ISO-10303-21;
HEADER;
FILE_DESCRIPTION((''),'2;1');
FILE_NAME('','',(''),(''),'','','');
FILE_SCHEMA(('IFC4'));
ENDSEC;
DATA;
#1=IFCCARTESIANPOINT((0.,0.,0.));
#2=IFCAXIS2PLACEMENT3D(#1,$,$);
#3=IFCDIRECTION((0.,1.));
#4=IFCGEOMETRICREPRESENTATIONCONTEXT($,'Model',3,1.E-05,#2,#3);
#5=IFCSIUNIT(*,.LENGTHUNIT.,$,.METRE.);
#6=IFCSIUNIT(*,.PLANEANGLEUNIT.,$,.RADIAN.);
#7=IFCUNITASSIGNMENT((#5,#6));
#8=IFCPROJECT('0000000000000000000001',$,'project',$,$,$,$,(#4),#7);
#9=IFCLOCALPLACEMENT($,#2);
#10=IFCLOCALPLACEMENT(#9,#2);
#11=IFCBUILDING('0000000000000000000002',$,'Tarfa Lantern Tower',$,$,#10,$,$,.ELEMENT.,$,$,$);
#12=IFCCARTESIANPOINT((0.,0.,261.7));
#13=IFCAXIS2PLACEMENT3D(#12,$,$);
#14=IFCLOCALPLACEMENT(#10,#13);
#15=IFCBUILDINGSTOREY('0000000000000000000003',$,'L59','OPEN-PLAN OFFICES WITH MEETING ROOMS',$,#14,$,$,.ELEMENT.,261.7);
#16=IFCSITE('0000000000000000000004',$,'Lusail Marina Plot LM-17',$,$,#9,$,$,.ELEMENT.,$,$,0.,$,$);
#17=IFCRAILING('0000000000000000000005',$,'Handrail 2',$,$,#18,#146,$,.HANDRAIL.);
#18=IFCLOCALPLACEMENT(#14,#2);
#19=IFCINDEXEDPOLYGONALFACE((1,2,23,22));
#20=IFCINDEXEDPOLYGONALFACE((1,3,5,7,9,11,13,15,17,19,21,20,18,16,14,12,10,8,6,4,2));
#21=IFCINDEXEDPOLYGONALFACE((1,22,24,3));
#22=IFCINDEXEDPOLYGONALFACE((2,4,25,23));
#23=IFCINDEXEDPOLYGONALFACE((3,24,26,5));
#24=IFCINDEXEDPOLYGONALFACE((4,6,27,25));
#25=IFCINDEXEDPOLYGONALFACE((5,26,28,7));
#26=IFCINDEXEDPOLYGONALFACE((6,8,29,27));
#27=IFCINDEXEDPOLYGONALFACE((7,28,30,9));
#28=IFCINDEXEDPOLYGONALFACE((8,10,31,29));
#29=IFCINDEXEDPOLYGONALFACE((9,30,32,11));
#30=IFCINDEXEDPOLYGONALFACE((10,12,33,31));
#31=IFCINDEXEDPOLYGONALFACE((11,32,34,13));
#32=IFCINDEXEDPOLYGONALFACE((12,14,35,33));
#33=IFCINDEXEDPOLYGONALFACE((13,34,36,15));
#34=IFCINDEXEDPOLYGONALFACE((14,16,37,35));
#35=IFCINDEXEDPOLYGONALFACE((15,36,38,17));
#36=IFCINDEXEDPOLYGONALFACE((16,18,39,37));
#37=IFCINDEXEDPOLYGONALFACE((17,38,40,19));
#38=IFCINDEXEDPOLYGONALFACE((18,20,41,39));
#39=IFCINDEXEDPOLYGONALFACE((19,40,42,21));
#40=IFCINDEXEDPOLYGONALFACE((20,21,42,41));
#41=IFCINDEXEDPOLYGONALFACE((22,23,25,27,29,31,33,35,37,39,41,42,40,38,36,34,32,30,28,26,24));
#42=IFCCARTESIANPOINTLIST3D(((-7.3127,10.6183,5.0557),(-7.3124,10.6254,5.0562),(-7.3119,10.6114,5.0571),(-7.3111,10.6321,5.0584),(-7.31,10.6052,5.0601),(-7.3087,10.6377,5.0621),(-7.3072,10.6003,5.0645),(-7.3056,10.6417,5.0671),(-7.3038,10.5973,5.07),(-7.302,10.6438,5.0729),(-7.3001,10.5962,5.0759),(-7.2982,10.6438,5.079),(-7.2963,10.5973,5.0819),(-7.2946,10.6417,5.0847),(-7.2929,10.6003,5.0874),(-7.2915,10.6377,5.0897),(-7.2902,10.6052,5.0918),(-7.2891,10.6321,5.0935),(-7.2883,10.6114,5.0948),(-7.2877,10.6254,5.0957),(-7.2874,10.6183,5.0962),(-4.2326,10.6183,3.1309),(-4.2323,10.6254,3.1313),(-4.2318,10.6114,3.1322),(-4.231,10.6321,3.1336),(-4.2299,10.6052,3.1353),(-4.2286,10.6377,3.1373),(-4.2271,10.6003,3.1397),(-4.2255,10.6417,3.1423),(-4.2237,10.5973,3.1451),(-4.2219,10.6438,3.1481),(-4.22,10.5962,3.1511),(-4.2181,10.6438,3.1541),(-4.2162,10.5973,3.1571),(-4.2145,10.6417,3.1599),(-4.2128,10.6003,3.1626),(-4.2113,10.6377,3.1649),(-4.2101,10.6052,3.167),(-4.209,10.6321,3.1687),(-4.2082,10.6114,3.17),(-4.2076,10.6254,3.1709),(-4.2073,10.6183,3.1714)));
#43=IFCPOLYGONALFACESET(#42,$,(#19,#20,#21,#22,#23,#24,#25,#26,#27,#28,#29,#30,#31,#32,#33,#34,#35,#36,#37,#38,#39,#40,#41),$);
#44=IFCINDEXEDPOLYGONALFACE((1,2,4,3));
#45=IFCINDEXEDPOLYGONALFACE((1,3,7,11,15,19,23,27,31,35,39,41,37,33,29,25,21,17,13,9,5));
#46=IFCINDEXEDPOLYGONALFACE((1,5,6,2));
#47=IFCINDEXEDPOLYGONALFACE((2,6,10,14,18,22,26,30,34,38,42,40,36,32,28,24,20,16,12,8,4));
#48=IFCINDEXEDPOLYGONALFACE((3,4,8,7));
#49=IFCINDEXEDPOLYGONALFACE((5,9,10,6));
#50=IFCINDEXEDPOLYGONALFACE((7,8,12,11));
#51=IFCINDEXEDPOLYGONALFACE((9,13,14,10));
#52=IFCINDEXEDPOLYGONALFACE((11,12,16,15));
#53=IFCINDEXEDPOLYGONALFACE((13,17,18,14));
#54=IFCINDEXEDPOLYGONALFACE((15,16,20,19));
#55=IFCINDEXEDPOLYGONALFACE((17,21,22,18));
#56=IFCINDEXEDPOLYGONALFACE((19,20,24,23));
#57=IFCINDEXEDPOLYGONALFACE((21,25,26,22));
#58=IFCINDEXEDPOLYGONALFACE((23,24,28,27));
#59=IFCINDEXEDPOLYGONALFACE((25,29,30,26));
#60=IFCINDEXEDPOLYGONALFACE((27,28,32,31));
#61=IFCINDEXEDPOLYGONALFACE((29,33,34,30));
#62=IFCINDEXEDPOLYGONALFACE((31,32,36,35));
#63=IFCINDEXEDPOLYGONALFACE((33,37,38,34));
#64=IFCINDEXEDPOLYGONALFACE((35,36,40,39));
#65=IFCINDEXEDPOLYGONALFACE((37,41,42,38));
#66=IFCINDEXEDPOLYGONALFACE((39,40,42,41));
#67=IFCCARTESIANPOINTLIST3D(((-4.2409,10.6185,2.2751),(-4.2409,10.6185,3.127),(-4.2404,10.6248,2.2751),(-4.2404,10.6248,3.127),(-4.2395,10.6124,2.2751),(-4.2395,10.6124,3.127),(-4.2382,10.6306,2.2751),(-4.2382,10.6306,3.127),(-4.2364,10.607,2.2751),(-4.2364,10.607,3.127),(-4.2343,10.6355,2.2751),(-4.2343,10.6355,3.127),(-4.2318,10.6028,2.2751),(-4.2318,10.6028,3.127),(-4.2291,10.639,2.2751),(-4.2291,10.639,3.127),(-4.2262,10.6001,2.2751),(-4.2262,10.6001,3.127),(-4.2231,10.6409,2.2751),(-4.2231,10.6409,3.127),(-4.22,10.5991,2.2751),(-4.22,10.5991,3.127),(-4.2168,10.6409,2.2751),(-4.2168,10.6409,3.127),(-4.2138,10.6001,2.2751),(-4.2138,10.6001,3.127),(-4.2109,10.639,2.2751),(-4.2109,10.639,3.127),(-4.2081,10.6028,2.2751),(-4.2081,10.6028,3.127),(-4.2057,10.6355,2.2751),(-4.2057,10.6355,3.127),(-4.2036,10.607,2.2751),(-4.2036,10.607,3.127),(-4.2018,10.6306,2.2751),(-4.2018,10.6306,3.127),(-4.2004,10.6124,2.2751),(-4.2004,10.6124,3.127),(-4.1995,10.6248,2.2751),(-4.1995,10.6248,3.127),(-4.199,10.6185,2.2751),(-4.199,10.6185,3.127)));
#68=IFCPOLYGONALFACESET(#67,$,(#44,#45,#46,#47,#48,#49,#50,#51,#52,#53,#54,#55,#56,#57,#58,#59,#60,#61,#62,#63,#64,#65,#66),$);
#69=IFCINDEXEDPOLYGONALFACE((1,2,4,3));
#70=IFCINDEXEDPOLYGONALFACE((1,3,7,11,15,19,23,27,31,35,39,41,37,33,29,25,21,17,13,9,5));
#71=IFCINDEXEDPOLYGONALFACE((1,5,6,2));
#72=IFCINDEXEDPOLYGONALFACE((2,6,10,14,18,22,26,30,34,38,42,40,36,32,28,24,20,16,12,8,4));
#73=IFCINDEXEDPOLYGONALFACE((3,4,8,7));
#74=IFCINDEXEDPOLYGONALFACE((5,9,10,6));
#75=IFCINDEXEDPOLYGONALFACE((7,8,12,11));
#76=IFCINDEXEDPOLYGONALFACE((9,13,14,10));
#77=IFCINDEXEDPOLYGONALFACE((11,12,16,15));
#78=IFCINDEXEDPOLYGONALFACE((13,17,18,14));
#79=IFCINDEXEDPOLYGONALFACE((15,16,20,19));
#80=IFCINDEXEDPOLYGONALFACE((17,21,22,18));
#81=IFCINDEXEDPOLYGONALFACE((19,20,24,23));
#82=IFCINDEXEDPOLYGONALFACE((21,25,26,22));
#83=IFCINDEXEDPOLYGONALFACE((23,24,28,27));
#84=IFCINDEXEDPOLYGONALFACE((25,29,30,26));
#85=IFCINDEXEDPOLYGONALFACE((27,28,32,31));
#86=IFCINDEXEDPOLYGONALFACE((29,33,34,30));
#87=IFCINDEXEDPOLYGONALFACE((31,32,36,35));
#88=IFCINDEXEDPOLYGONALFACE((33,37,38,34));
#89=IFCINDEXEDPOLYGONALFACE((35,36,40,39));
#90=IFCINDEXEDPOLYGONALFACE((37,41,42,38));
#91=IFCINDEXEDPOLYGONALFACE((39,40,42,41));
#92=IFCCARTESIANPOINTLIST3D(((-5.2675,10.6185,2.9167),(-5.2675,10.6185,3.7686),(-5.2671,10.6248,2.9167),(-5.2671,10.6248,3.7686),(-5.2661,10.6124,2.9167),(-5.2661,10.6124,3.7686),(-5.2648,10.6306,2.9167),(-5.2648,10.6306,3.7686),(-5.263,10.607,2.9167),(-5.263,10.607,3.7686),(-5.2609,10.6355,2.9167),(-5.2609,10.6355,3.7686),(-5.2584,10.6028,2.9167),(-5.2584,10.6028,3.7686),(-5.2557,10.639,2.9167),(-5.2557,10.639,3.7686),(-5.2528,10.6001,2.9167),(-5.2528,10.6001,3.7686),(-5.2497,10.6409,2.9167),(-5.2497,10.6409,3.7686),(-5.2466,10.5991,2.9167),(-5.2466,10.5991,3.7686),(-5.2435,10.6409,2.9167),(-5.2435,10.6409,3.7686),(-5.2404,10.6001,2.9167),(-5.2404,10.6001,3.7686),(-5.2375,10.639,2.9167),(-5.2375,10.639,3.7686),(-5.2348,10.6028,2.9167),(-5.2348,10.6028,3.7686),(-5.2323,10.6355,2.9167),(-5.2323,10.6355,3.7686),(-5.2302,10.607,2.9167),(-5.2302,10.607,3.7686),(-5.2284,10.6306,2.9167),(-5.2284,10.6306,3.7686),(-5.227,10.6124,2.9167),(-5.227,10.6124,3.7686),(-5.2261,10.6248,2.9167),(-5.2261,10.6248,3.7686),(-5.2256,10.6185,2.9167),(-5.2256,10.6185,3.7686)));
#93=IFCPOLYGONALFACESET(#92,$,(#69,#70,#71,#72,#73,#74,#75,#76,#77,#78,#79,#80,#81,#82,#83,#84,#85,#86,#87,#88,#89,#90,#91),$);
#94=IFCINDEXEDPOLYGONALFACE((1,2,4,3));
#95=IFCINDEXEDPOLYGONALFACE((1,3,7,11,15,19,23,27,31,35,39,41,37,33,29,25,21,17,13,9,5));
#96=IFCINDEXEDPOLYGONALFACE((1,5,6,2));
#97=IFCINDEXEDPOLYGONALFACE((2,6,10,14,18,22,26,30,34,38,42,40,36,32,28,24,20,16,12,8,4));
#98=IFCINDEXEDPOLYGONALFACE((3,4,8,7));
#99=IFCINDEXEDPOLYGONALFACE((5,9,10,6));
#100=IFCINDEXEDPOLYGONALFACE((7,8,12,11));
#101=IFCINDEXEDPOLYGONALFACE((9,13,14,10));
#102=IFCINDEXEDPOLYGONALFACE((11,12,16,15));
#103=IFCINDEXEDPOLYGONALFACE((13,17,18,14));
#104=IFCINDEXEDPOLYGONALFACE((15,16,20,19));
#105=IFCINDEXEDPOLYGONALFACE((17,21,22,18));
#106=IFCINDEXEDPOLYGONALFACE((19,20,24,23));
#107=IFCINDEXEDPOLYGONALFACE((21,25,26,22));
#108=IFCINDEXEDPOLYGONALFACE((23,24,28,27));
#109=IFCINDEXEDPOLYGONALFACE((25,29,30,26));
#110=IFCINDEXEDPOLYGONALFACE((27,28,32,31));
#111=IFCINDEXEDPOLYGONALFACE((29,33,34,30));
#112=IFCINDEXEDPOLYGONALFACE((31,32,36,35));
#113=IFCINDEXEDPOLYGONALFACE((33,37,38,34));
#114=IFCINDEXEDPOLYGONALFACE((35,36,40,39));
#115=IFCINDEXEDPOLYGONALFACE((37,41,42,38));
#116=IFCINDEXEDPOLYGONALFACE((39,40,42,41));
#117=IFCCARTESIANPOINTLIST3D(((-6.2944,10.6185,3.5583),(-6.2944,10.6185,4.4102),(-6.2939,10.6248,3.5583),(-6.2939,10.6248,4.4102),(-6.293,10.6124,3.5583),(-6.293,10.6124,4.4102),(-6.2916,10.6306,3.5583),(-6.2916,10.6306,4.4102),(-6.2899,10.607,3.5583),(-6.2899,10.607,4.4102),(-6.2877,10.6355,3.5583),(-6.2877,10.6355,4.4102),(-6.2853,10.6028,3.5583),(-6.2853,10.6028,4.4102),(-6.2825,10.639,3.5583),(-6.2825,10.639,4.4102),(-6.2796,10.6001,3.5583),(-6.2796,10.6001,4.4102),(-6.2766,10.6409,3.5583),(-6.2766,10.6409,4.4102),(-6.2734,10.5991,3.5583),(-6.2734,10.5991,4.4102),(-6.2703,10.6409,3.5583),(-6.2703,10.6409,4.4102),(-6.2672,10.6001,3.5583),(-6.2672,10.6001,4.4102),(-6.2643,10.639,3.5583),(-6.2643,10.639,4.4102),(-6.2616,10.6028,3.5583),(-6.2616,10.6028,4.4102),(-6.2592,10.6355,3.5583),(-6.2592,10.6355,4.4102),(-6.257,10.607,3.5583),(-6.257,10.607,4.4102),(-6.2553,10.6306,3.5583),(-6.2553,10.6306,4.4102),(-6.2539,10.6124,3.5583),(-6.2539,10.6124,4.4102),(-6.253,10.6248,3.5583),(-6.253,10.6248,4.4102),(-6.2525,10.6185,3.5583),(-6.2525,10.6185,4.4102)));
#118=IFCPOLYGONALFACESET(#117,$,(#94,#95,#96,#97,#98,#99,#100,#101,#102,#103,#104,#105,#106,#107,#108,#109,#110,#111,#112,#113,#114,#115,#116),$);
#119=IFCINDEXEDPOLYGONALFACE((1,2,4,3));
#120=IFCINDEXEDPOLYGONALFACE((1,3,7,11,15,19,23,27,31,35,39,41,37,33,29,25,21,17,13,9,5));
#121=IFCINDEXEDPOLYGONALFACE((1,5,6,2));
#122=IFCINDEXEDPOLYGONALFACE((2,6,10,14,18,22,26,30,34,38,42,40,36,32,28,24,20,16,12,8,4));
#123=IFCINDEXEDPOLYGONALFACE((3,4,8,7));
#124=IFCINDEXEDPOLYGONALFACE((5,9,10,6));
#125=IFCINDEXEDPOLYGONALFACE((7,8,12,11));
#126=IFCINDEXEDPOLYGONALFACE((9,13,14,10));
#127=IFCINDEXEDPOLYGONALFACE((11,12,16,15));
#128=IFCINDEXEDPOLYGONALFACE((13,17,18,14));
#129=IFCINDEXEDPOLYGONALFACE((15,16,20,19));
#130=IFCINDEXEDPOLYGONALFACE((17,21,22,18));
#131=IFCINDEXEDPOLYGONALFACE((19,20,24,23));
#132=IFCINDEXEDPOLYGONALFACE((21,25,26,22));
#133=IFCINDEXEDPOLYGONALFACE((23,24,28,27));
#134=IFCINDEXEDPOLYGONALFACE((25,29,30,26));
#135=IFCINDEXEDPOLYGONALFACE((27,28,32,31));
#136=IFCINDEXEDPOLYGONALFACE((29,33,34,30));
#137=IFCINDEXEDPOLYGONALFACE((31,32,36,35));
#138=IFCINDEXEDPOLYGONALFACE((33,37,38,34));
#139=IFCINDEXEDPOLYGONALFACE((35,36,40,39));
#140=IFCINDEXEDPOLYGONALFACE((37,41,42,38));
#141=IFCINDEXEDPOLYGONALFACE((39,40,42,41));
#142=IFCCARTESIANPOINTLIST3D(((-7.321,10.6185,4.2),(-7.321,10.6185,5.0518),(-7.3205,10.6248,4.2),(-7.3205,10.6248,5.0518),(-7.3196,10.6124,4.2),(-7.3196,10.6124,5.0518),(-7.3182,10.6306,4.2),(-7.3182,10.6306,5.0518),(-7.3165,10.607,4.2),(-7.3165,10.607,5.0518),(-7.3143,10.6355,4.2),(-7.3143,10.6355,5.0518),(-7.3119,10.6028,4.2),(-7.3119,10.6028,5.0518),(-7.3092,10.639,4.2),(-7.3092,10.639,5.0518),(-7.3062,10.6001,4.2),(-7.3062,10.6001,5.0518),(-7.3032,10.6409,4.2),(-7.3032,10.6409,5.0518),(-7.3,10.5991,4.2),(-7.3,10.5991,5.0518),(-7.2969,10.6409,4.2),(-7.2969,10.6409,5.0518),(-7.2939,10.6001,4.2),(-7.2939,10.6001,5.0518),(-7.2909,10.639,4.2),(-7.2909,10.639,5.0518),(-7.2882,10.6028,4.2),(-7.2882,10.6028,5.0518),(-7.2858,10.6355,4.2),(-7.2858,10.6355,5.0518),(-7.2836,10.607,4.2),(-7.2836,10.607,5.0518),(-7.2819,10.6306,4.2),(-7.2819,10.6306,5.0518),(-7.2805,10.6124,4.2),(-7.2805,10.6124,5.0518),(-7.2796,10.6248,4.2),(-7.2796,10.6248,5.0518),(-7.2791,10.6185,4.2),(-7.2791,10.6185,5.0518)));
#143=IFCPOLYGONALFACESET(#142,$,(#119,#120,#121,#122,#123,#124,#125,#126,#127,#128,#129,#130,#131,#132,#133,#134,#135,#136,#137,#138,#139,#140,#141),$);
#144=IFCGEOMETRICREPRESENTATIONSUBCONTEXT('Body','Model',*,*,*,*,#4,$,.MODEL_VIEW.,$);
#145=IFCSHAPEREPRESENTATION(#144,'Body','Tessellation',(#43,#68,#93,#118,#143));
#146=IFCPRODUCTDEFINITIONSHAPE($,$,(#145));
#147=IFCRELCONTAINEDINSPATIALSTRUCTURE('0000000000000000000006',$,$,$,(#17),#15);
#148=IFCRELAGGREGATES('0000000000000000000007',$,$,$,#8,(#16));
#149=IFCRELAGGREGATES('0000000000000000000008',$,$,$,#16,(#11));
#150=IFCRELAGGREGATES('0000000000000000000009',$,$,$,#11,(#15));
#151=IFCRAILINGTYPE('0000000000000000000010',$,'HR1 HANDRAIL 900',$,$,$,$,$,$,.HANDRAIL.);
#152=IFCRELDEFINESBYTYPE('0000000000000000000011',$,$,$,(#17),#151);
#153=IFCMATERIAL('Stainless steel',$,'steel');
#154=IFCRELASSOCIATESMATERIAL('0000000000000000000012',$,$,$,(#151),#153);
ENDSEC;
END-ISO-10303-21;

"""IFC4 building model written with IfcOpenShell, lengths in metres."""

from ifc_helpers import new_model, si_unit, direction, frame, origin, origin_2d, place, context, subcontext, project, spatial, circle, extrude, material, type_object, element, save


model = new_model("IFC4")

# Units and contexts
model_context = context("Model", 3, precision=1e-05, world=origin(), true_north=direction((0.0, 1.0)))
body_context = subcontext(model_context, "Body", "Model", "MODEL_VIEW")
ifc_project = project(units=[si_unit("LENGTHUNIT", "METRE"), si_unit("PLANEANGLEUNIT", "RADIAN")], contexts=[model_context])

# Site, building, storey
site_placement = place(None, origin())
site = spatial("IfcSite", under=ifc_project, at=site_placement, Name="Lusail Marina Plot LM-17", CompositionType="ELEMENT", RefElevation=0.0)
building_placement = place(site_placement, origin())
building = spatial("IfcBuilding", under=site, at=building_placement, Name="Tarfa Lantern Tower", CompositionType="ELEMENT")
storey_placement = place(building_placement, frame((0.0, 0.0, 261.7)))
storey = spatial("IfcBuildingStorey", under=building, at=storey_placement, Name="L59", Description="OPEN-PLAN OFFICES WITH MEETING ROOMS", CompositionType="ELEMENT", Elevation=261.7)

# Railing
ifc_material_1 = material(Name="Stainless steel", Category="steel")
railing_type = type_object("IfcRailingType", Name="HR1 HANDRAIL 900", PredefinedType="HANDRAIL", material=ifc_material_1)
railing_1_placement = place(storey_placement, frame((-4.22, 10.6201, 2.2751)))
element("IfcRailing", 1, at=railing_1_placement, inside=storey, type_object=railing_type, Name="Handrail 2", PredefinedType="HANDRAIL", context=body_context, shape_type="SweptSolid", body=[
    extrude(circle(Radius=0.0239, at=origin_2d()), frame((0.0, 0.0, 0.876), z_axis=(-0.848029, 0.0, 0.529951), x_axis=(0.0, -1.0, 0.0)), (0.0, 0.0, 1.0), 3.6321),
    extrude(circle(Radius=0.021, at=origin_2d()), frame((0.0, 0.0, 0.0), z_axis=(0.0, 0.0, 1.0), x_axis=(0.0, -1.0, 0.0)), (0.0, 0.0, 1.0), 0.8518),
    extrude(circle(Radius=0.021, at=origin_2d()), frame((-1.0266, 0.0, 0.6416), z_axis=(0.0, 0.0, 1.0), x_axis=(0.0, -1.0, 0.0)), (0.0, 0.0, 1.0), 0.8518),
    extrude(circle(Radius=0.021, at=origin_2d()), frame((-2.0535, 0.0, 1.2832), z_axis=(0.0, 0.0, 1.0), x_axis=(0.0, -1.0, 0.0)), (0.0, 0.0, 1.0), 0.8518),
    extrude(circle(Radius=0.021, at=origin_2d()), frame((-3.0801, 0.0, 1.9248), z_axis=(0.0, 0.0, 1.0), x_axis=(0.0, -1.0, 0.0)), (0.0, 0.0, 1.0), 0.8518),
])

save(model, "model.ifc")
